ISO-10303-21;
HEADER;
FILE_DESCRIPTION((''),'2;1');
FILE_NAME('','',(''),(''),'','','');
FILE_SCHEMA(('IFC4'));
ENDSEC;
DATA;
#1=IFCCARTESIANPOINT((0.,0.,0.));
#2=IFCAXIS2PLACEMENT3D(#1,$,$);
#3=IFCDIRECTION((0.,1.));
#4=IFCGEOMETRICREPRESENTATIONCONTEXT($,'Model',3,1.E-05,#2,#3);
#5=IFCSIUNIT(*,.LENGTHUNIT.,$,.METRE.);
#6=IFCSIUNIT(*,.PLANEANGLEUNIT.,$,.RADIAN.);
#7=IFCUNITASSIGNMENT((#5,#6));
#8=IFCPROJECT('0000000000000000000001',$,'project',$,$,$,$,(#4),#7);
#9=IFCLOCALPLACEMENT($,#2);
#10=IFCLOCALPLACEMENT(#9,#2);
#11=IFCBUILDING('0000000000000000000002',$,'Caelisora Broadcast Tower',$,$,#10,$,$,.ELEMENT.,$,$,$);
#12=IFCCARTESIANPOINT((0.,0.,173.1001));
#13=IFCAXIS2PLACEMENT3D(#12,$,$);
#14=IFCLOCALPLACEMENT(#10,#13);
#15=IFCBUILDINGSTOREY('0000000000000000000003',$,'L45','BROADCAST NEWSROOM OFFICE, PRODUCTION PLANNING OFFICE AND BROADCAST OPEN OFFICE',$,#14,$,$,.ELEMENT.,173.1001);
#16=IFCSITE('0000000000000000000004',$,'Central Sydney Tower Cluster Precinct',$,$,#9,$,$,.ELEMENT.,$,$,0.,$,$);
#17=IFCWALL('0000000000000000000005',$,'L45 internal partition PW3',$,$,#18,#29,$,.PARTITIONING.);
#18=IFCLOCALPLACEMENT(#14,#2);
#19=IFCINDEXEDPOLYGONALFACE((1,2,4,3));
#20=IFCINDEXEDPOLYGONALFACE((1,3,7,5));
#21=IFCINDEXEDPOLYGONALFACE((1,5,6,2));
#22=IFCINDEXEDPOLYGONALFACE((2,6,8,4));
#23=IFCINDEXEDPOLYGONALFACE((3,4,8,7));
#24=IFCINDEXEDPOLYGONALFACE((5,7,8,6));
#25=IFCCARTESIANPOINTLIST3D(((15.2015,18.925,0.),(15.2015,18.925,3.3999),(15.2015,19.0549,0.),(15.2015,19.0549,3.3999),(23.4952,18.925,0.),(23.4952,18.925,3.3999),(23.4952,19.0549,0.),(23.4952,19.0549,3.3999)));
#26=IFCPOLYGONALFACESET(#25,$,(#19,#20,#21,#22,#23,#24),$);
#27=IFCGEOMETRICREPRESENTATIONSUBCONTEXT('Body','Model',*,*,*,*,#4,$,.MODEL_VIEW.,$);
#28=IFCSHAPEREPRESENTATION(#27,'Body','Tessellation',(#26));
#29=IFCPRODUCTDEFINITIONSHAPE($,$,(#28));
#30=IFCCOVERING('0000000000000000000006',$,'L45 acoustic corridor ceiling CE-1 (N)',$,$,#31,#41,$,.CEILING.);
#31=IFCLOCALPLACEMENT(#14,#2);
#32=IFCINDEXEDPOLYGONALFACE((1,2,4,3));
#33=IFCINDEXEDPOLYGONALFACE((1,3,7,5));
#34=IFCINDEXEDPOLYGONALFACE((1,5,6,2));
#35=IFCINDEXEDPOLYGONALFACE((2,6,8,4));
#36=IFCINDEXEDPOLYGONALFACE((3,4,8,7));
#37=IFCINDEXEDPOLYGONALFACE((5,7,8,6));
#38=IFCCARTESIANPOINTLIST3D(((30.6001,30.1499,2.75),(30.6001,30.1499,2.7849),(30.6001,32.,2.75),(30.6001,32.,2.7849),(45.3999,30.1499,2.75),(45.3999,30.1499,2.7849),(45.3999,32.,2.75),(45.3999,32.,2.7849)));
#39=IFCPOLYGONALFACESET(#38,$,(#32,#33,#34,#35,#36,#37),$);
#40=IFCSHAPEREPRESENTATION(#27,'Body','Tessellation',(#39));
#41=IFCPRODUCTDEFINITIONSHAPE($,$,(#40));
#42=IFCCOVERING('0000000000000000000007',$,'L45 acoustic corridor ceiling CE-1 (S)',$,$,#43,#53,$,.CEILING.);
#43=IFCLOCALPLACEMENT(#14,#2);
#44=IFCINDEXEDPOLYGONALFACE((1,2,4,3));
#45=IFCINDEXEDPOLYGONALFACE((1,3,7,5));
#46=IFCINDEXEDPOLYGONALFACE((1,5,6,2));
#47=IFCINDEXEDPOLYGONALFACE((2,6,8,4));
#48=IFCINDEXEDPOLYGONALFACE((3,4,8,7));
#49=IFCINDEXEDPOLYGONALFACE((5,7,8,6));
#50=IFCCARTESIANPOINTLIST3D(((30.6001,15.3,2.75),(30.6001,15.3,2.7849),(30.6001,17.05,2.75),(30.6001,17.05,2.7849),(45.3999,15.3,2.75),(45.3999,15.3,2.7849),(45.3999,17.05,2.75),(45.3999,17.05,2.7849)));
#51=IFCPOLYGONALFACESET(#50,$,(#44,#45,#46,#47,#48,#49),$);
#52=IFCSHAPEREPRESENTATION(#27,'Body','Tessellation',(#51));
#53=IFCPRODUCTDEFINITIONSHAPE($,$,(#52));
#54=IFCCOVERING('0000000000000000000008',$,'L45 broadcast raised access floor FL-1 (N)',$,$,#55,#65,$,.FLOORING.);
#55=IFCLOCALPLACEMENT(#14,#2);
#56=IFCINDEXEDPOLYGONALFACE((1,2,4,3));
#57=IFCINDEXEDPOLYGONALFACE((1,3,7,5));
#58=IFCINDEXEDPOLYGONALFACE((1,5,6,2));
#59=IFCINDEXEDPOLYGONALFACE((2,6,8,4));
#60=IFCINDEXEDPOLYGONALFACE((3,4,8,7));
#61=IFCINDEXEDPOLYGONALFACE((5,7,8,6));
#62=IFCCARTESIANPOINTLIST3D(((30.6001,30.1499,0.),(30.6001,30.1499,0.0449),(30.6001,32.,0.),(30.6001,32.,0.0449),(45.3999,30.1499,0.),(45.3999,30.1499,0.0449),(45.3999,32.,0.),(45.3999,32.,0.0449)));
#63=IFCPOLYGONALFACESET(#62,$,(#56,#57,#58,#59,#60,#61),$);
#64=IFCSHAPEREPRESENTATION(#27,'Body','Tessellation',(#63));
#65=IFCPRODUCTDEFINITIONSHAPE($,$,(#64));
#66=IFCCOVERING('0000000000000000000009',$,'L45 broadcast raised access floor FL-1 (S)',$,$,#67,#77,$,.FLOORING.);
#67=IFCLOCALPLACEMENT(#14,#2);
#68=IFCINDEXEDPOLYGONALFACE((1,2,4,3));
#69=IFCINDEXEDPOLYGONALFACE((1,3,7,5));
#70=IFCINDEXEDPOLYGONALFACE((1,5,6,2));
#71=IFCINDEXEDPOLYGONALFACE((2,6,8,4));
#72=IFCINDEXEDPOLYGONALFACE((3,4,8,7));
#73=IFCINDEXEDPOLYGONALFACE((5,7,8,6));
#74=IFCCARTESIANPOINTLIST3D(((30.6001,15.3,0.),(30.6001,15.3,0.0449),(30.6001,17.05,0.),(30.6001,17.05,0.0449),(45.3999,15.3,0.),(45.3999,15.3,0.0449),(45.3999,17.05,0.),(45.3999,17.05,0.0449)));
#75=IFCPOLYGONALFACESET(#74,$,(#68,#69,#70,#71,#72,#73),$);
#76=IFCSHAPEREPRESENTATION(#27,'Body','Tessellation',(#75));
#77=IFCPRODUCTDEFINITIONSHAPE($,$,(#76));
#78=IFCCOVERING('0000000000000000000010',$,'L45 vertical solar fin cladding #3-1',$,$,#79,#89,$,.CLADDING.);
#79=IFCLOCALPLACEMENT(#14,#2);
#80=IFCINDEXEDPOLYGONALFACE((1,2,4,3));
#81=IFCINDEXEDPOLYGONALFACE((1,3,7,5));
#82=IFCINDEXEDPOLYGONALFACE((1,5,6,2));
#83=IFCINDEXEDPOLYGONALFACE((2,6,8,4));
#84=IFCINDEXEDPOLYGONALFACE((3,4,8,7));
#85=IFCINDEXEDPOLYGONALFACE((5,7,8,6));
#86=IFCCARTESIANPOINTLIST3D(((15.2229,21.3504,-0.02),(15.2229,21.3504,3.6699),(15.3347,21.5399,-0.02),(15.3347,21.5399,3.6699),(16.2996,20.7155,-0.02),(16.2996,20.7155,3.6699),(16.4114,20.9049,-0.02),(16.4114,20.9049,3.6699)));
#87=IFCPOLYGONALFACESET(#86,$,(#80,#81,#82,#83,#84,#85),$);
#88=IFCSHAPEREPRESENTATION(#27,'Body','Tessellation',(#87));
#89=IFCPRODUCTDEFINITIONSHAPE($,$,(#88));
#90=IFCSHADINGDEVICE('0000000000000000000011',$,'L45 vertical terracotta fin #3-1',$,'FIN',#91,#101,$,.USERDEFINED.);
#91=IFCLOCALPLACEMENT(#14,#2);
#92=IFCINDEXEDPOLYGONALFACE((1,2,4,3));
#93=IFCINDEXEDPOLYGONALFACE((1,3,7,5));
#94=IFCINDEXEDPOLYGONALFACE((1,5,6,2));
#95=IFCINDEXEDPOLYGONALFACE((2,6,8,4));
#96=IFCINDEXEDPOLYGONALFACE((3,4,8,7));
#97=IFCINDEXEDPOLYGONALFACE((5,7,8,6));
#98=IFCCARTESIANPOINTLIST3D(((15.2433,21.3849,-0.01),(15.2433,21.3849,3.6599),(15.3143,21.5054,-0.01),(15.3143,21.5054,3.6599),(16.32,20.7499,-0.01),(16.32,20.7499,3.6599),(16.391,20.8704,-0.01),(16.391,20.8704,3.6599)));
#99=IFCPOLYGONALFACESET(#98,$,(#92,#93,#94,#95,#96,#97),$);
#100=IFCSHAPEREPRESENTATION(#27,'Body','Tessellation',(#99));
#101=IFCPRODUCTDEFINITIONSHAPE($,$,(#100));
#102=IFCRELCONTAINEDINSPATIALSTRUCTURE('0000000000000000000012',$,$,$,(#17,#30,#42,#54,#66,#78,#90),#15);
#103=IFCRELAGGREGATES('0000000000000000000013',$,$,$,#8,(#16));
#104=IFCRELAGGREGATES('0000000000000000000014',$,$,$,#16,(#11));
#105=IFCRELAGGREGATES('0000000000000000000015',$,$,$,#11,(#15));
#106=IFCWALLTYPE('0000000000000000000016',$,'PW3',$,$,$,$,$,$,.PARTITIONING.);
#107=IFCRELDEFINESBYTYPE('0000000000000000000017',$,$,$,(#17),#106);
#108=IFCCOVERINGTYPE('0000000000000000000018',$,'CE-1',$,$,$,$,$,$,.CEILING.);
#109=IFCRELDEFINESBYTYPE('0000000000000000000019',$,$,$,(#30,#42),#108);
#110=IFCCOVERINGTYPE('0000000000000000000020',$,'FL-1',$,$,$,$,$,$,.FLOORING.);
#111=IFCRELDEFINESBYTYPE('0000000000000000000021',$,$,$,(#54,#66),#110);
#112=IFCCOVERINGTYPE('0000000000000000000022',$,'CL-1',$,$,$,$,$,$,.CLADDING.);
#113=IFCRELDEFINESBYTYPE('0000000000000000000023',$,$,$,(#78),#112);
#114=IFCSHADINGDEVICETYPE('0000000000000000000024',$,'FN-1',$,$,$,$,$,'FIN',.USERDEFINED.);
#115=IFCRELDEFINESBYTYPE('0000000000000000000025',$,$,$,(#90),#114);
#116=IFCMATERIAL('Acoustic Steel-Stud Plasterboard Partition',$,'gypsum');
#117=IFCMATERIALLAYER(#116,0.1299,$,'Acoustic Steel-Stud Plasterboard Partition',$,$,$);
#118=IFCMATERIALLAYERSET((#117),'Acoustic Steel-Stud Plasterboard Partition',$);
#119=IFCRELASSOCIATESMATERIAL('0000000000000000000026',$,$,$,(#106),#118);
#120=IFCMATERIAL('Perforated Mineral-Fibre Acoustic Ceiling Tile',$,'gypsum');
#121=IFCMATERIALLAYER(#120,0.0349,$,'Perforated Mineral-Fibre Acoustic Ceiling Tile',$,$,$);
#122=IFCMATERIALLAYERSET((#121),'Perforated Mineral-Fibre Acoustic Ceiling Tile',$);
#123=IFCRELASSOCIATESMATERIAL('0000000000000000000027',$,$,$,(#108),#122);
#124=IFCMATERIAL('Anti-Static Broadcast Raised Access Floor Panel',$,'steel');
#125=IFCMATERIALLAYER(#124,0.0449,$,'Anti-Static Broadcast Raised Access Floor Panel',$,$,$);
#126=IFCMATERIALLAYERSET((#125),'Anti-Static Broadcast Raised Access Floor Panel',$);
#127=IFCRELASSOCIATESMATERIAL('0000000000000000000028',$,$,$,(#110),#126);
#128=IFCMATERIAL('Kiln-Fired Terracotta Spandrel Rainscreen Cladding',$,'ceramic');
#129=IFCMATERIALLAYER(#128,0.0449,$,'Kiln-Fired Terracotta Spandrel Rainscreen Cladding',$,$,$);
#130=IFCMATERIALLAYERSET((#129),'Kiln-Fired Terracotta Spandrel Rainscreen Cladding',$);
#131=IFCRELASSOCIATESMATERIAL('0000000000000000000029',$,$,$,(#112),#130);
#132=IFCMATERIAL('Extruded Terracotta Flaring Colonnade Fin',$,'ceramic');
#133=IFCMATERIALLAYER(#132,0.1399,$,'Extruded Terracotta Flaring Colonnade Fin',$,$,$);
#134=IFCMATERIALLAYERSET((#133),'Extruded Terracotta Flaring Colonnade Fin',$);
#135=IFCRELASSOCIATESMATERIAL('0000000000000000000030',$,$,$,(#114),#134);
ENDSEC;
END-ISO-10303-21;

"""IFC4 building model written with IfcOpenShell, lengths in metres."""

from ifc_helpers import new_model, si_unit, direction, frame, frame_2d, origin, origin_2d, place, context, subcontext, project, spatial, polyline, rectangle, outline, extrude, source, transform, mapped, material, layer, layer_set, type_object, type_shapes, element, save


model = new_model("IFC4")

# Units and contexts
model_context = context("Model", 3, precision=1e-05, world=origin(), true_north=direction((0.0, 1.0)))
body_context = subcontext(model_context, "Body", "Model", "MODEL_VIEW")
ifc_project = project(units=[si_unit("LENGTHUNIT", "METRE"), si_unit("PLANEANGLEUNIT", "RADIAN")], contexts=[model_context])

# Site, building, storey
site_placement = place(None, origin())
site = spatial("IfcSite", under=ifc_project, at=site_placement, Name="Central Sydney Tower Cluster Precinct", CompositionType="ELEMENT", RefElevation=0.0)
building_placement = place(site_placement, origin())
building = spatial("IfcBuilding", under=site, at=building_placement, Name="Caelisora Broadcast Tower", CompositionType="ELEMENT")
storey_placement = place(building_placement, frame((0.0, 0.0, 173.1001)))
storey = spatial("IfcBuildingStorey", under=building, at=storey_placement, Name="L45", Description="BROADCAST NEWSROOM OFFICE, PRODUCTION PLANNING OFFICE AND BROADCAST OPEN OFFICE", CompositionType="ELEMENT", Elevation=173.1001)

# Shared definitions
ifc_material_1 = material(Name="Acoustic Steel-Stud Plasterboard Partition", Category="gypsum")
ifc_layer_1 = layer(ifc_material_1, 0.1299, Name="Acoustic Steel-Stud Plasterboard Partition")
ifc_layer_set_1 = layer_set([ifc_layer_1], Name="Acoustic Steel-Stud Plasterboard Partition")
wall_type_1 = type_object("IfcWallType", Name="PW3", PredefinedType="PARTITIONING", material=ifc_layer_set_1)

# Wall
wall_1_placement = place(storey_placement, frame((15.2014, 18.99, 0.0), z_axis=(0.0, 0.0, 1.0), x_axis=(1.0, 0.0, 0.0)))
element("IfcWall", 1, at=wall_1_placement, inside=storey, type_object=wall_type_1, Name="L45 internal partition PW3", PredefinedType="PARTITIONING", context=body_context, shape_type="SweptSolid", body=[
    extrude(rectangle(XDim=8.2937, YDim=0.1299, at=frame_2d((4.147, 0.0))), origin(), (0.0, 0.0, 1.0), 3.3999),
])

# Coverings
ifc_material_2 = material(Name="Perforated Mineral-Fibre Acoustic Ceiling Tile", Category="gypsum")
ifc_layer_2 = layer(ifc_material_2, 0.0349, Name="Perforated Mineral-Fibre Acoustic Ceiling Tile")
ifc_layer_set_2 = layer_set([ifc_layer_2], Name="Perforated Mineral-Fibre Acoustic Ceiling Tile")
covering_type_1 = type_object("IfcCoveringType", Name="CE-1", PredefinedType="CEILING", material=ifc_layer_set_2)
covering_1_placement = place(storey_placement, frame((0.0, 0.0, 2.75)))
element("IfcCovering", 2, at=covering_1_placement, inside=storey, type_object=covering_type_1, Name="L45 acoustic corridor ceiling CE-1 (N)", PredefinedType="CEILING", context=body_context, shape_type="SweptSolid", body=[
    extrude(outline(polyline([(30.6001, 30.1499), (45.3999, 30.1499), (45.3999, 32.0), (30.6001, 32.0), (30.6001, 30.1499)])), origin(), (0.0, 0.0, 1.0), 0.0349),
])
covering_2_placement = place(storey_placement, frame((0.0, 0.0, 2.75)))
element("IfcCovering", 3, at=covering_2_placement, inside=storey, type_object=covering_type_1, Name="L45 acoustic corridor ceiling CE-1 (S)", PredefinedType="CEILING", context=body_context, shape_type="SweptSolid", body=[
    extrude(outline(polyline([(30.6001, 15.3), (45.3999, 15.3), (45.3999, 17.05), (30.6001, 17.05), (30.6001, 15.3)])), origin(), (0.0, 0.0, 1.0), 0.0349),
])
ifc_material_3 = material(Name="Anti-Static Broadcast Raised Access Floor Panel", Category="steel")
ifc_layer_3 = layer(ifc_material_3, 0.0449, Name="Anti-Static Broadcast Raised Access Floor Panel")
ifc_layer_set_3 = layer_set([ifc_layer_3], Name="Anti-Static Broadcast Raised Access Floor Panel")
covering_type_2 = type_object("IfcCoveringType", Name="FL-1", PredefinedType="FLOORING", material=ifc_layer_set_3)
covering_3_placement = place(storey_placement, origin())
element("IfcCovering", 4, at=covering_3_placement, inside=storey, type_object=covering_type_2, Name="L45 broadcast raised access floor FL-1 (N)", PredefinedType="FLOORING", context=body_context, shape_type="SweptSolid", body=[
    extrude(outline(polyline([(30.6001, 30.1499), (45.3999, 30.1499), (45.3999, 32.0), (30.6001, 32.0), (30.6001, 30.1499)])), origin(), (0.0, 0.0, 1.0), 0.0449),
])
covering_4_placement = place(storey_placement, origin())
element("IfcCovering", 5, at=covering_4_placement, inside=storey, type_object=covering_type_2, Name="L45 broadcast raised access floor FL-1 (S)", PredefinedType="FLOORING", context=body_context, shape_type="SweptSolid", body=[
    extrude(outline(polyline([(30.6001, 15.3), (45.3999, 15.3), (45.3999, 17.05), (30.6001, 17.05), (30.6001, 15.3)])), origin(), (0.0, 0.0, 1.0), 0.0449),
])
ifc_material_4 = material(Name="Kiln-Fired Terracotta Spandrel Rainscreen Cladding", Category="ceramic")
ifc_layer_4 = layer(ifc_material_4, 0.0449, Name="Kiln-Fired Terracotta Spandrel Rainscreen Cladding")
ifc_layer_set_4 = layer_set([ifc_layer_4], Name="Kiln-Fired Terracotta Spandrel Rainscreen Cladding")
covering_type_3 = type_object("IfcCoveringType", Name="CL-1", PredefinedType="CLADDING", material=ifc_layer_set_4)
shared_shape_1 = source(origin(), body_context, "Body", "SweptSolid", [
    extrude(rectangle(XDim=0.22, YDim=1.25, at=origin_2d()), origin(), (0.0, 0.0, 1.0), 3.6899),
])
type_shapes(covering_type_3, [shared_shape_1])
covering_5_placement = place(storey_placement, frame((15.8171, 21.1277, -0.02), z_axis=(0.0, 0.0, 1.0), x_axis=(0.507989, 0.861363, 0.0)))
element("IfcCovering", 6, at=covering_5_placement, inside=storey, type_object=covering_type_3, Name="L45 vertical solar fin cladding #3-1", PredefinedType="CLADDING", context=body_context, shape_type="MappedRepresentation", body=[
    mapped(shared_shape_1, transform((0.0, 0.0, 0.0), scale=1.0)),
])

# Shading device
ifc_material_5 = material(Name="Extruded Terracotta Flaring Colonnade Fin", Category="ceramic")
ifc_layer_5 = layer(ifc_material_5, 0.1399, Name="Extruded Terracotta Flaring Colonnade Fin")
ifc_layer_set_5 = layer_set([ifc_layer_5], Name="Extruded Terracotta Flaring Colonnade Fin")
shading_device_type = type_object("IfcShadingDeviceType", Name="FN-1", ElementType="FIN", PredefinedType="USERDEFINED", material=ifc_layer_set_5)
shared_shape_2 = source(origin(), body_context, "Body", "SweptSolid", [
    extrude(rectangle(XDim=0.1399, YDim=1.25, at=origin_2d()), origin(), (0.0, 0.0, 1.0), 3.6699),
])
type_shapes(shading_device_type, [shared_shape_2])
shading_device_placement = place(storey_placement, frame((15.8171, 21.1277, -0.01), z_axis=(0.0, 0.0, 1.0), x_axis=(0.507989, 0.861363, 0.0)))
element("IfcShadingDevice", 7, at=shading_device_placement, inside=storey, type_object=shading_device_type, Name="L45 vertical terracotta fin #3-1", ObjectType="FIN", PredefinedType="USERDEFINED", context=body_context, shape_type="MappedRepresentation", body=[
    mapped(shared_shape_2, transform((0.0, 0.0, 0.0), scale=1.0)),
])

save(model, "model.ifc")
